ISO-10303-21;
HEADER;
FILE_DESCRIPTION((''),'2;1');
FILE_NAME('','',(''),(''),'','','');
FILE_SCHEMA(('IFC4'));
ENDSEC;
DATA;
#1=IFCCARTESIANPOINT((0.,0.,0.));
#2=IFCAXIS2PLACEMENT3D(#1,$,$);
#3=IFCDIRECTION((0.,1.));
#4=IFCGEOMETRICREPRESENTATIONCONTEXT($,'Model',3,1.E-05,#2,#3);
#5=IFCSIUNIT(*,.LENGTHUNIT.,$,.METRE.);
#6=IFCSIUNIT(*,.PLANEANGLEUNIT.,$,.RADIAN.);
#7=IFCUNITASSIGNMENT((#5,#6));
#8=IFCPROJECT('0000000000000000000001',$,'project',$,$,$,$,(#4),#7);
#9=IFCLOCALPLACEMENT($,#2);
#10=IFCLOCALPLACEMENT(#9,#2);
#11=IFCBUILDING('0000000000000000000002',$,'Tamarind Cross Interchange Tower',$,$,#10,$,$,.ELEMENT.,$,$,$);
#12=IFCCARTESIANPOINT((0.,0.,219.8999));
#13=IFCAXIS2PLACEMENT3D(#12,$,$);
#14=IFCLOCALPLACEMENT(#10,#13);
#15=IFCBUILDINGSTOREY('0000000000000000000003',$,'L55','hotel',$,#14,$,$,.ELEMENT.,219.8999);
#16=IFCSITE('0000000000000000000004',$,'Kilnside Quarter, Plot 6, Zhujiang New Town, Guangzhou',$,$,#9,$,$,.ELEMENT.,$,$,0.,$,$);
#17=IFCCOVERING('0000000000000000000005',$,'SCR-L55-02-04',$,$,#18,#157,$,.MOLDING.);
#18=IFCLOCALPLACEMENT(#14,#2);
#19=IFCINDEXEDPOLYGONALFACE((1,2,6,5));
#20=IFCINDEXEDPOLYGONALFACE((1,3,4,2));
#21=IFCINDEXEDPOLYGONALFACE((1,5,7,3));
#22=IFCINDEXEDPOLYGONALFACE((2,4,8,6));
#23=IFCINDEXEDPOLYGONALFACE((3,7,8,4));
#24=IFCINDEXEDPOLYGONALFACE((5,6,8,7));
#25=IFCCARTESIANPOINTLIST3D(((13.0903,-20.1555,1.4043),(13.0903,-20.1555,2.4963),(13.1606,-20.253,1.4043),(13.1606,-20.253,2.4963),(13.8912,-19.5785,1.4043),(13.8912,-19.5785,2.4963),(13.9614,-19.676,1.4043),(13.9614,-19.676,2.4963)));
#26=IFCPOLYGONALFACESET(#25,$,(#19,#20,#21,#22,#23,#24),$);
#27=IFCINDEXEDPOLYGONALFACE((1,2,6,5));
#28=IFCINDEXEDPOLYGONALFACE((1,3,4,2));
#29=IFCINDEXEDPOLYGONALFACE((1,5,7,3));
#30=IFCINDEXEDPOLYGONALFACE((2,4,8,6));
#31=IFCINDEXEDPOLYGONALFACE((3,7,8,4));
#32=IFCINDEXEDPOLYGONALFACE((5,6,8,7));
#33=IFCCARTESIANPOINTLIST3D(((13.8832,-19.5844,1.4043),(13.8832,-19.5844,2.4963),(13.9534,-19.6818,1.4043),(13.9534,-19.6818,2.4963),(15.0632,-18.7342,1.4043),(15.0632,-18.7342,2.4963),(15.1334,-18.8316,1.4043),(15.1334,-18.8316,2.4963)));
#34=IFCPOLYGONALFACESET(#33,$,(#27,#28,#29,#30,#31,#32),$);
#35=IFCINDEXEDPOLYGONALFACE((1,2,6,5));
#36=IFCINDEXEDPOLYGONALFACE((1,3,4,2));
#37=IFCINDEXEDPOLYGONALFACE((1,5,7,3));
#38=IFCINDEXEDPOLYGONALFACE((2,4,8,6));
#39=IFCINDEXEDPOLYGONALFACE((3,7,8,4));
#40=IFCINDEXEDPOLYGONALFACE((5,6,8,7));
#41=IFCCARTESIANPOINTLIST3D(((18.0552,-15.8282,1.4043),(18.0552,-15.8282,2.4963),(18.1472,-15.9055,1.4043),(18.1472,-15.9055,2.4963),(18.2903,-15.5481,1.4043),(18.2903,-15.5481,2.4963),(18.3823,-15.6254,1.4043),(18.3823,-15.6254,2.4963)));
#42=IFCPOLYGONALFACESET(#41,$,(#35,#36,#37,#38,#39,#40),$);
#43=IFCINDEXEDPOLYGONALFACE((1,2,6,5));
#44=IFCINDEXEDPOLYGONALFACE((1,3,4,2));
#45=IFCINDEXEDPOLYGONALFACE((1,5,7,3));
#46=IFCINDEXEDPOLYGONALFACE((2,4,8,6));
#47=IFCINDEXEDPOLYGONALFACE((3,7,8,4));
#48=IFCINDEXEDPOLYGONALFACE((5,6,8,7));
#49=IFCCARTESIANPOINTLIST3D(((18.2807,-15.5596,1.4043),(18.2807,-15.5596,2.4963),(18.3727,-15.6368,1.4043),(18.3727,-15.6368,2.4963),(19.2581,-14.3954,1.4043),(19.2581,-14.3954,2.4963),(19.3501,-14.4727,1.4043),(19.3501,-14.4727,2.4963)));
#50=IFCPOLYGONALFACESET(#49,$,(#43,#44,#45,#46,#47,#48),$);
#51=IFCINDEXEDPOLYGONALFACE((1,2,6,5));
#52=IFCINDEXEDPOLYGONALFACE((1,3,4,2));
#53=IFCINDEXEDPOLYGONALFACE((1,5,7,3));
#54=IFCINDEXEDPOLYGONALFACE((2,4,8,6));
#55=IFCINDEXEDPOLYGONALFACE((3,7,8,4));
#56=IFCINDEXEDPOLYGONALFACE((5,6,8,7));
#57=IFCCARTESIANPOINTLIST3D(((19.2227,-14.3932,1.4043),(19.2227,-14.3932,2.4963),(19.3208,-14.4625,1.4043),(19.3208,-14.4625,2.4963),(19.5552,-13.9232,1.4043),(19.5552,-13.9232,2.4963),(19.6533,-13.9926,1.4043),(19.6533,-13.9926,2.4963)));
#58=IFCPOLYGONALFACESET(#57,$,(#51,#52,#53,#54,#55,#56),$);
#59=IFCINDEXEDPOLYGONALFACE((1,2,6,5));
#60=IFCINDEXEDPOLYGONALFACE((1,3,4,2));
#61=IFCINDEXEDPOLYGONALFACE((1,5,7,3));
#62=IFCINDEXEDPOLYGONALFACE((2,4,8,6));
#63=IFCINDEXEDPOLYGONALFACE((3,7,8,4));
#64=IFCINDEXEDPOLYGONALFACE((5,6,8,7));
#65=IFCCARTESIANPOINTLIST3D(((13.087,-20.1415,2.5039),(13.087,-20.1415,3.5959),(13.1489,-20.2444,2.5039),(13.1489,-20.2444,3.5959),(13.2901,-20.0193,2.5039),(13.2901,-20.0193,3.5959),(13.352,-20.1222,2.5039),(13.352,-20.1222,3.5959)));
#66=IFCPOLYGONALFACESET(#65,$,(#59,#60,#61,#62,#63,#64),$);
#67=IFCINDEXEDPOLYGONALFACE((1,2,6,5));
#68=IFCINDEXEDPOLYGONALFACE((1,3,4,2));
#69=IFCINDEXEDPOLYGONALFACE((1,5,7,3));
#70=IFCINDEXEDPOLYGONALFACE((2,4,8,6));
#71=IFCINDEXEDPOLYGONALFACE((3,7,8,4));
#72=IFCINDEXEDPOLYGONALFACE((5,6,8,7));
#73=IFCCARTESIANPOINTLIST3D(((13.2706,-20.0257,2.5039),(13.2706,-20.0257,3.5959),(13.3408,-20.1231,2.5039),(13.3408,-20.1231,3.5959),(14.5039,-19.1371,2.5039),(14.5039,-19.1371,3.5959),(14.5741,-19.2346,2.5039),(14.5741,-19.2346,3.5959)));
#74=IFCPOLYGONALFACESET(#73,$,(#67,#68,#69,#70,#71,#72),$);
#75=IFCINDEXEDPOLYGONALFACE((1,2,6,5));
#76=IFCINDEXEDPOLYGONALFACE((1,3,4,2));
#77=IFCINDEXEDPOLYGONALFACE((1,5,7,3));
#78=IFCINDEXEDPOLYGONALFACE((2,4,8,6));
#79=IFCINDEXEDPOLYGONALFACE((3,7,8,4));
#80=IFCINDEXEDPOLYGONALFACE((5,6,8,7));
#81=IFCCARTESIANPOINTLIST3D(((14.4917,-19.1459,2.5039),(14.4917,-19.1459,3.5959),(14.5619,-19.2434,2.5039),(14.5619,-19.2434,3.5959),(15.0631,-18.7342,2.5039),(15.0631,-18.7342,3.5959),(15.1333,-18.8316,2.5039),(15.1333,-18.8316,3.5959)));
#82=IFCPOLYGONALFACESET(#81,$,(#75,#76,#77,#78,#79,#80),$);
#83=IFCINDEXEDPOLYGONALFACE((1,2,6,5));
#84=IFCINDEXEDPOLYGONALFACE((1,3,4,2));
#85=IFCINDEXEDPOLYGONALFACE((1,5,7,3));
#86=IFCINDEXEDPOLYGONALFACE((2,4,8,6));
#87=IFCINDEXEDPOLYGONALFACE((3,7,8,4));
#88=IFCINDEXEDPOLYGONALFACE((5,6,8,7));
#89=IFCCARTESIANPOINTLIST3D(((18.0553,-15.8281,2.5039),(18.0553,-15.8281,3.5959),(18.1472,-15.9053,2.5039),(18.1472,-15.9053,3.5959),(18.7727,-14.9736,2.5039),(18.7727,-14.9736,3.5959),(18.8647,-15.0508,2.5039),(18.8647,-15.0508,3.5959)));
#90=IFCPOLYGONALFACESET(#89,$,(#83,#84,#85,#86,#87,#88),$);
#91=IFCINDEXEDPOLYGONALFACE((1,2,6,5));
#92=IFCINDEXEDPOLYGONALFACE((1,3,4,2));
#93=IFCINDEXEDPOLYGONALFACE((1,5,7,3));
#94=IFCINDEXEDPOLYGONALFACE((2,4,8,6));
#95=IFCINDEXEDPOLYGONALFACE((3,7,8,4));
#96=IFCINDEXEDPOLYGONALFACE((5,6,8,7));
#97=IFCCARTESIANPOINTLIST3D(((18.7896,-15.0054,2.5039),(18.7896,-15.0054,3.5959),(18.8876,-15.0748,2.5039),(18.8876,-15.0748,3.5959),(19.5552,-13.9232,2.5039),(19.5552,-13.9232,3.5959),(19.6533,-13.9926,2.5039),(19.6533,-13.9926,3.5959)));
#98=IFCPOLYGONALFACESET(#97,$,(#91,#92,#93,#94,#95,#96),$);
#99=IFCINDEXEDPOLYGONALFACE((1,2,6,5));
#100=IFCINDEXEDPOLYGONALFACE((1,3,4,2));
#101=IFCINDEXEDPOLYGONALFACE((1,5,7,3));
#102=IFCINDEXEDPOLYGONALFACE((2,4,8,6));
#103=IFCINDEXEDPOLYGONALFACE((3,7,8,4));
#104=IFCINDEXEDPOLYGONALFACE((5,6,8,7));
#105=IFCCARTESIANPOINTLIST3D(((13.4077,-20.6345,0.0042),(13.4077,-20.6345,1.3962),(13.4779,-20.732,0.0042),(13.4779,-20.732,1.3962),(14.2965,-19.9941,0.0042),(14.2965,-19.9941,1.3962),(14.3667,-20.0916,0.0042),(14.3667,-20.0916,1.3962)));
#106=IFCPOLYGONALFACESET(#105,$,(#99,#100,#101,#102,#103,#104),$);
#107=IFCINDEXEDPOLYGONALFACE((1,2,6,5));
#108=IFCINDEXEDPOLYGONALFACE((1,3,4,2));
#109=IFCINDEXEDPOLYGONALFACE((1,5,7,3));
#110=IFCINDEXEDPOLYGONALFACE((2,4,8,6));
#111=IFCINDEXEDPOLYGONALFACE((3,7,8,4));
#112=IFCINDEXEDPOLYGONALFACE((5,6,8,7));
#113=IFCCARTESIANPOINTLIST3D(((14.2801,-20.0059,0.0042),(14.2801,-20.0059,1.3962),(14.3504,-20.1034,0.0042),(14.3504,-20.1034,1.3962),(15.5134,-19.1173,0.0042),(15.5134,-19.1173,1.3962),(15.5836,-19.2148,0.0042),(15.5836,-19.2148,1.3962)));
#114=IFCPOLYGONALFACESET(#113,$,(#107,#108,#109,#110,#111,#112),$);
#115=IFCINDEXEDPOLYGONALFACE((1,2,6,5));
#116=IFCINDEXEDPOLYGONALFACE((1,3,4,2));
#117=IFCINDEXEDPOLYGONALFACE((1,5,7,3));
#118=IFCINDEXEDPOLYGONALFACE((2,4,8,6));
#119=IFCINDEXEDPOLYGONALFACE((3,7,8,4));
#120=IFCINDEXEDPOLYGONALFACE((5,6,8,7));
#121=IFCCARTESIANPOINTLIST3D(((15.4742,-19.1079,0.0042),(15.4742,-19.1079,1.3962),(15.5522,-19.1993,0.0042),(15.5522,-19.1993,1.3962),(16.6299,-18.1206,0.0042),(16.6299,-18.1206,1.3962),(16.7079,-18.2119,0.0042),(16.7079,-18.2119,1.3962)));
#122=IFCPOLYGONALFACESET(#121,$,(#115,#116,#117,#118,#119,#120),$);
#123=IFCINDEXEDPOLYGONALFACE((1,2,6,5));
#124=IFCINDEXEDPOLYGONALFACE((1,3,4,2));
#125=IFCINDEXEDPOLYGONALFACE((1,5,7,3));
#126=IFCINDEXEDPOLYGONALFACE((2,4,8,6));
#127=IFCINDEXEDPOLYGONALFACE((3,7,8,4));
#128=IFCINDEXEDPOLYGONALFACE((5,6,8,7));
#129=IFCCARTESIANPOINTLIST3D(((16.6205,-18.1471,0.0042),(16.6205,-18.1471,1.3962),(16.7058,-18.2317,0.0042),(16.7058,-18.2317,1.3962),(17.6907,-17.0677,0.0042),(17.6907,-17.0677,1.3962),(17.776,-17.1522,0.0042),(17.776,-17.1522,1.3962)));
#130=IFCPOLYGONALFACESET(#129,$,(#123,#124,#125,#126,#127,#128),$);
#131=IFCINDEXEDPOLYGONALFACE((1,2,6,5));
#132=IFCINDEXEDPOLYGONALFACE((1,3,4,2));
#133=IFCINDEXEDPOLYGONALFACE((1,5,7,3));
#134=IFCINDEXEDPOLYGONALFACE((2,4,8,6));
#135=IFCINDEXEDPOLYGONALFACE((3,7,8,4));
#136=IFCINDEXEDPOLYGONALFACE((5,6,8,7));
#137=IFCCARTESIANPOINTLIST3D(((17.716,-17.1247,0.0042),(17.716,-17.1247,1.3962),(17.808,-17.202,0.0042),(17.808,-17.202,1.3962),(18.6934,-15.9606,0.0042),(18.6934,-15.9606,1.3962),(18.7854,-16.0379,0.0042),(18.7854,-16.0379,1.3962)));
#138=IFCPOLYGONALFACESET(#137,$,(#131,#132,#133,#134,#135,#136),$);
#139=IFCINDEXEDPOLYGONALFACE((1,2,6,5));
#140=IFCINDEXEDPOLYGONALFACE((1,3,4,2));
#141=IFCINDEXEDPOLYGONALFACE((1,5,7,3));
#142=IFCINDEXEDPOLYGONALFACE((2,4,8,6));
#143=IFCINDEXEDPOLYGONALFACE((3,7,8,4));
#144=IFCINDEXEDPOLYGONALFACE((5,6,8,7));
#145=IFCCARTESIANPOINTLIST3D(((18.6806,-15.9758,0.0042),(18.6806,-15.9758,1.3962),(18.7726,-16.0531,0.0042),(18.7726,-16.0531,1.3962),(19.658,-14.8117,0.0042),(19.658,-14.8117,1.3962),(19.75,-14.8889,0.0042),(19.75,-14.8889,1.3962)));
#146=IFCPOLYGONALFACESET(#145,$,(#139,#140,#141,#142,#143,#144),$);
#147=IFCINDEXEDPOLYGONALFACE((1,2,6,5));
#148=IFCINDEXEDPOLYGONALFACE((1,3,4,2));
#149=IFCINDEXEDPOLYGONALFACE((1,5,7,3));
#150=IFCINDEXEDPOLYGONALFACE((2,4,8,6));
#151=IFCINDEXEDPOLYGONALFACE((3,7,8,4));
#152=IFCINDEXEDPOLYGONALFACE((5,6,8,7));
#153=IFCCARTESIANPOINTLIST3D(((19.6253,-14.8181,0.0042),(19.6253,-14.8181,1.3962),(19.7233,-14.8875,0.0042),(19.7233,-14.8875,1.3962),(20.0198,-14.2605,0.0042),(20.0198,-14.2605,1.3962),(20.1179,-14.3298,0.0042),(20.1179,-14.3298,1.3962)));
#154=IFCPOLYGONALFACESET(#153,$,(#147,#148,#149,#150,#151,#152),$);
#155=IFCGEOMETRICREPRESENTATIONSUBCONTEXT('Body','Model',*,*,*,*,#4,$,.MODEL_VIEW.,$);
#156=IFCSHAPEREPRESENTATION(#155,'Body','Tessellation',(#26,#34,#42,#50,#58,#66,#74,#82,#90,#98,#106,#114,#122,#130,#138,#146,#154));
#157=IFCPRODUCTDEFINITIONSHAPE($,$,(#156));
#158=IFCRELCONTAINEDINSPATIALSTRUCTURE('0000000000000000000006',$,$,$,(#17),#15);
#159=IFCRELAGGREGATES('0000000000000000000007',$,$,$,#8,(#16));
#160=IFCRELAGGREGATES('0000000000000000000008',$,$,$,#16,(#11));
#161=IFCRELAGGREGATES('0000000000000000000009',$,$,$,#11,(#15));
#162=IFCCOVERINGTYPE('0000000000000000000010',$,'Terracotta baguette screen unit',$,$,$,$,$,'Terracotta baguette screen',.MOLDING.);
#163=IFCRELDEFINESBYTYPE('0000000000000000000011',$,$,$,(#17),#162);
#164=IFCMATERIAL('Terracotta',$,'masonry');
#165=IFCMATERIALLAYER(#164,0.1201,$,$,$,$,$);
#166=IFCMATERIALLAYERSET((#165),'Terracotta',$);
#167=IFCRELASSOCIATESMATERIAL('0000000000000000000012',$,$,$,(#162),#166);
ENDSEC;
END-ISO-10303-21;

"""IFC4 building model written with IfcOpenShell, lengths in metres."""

from ifc_helpers import new_model, si_unit, direction, frame, origin, origin_2d, place, context, subcontext, project, spatial, rectangle, extrude, material, layer, layer_set, type_object, element, save


model = new_model("IFC4")

# Units and contexts
model_context = context("Model", 3, precision=1e-05, world=origin(), true_north=direction((0.0, 1.0)))
body_context = subcontext(model_context, "Body", "Model", "MODEL_VIEW")
ifc_project = project(units=[si_unit("LENGTHUNIT", "METRE"), si_unit("PLANEANGLEUNIT", "RADIAN")], contexts=[model_context])

# Site, building, storey
site_placement = place(None, origin())
site = spatial("IfcSite", under=ifc_project, at=site_placement, Name="Kilnside Quarter, Plot 6, Zhujiang New Town, Guangzhou", CompositionType="ELEMENT", RefElevation=0.0)
building_placement = place(site_placement, origin())
building = spatial("IfcBuilding", under=site, at=building_placement, Name="Tamarind Cross Interchange Tower", CompositionType="ELEMENT")
storey_placement = place(building_placement, frame((0.0, 0.0, 219.8999)))
storey = spatial("IfcBuildingStorey", under=building, at=storey_placement, Name="L55", Description="hotel", CompositionType="ELEMENT", Elevation=219.8999)

# Covering
ifc_material_1 = material(Name="Terracotta", Category="masonry")
ifc_layer_1 = layer(ifc_material_1, 0.1201)
ifc_layer_set_1 = layer_set([ifc_layer_1], Name="Terracotta")
covering_type = type_object("IfcCoveringType", Name="Terracotta baguette screen unit", ElementType="Terracotta baguette screen", PredefinedType="MOLDING", material=ifc_layer_set_1)
covering_1_placement = place(storey_placement, origin())
element("IfcCovering", 1, at=covering_1_placement, inside=storey, type_object=covering_type, Name="SCR-L55-02-04", PredefinedType="MOLDING", context=body_context, shape_type="SweptSolid", body=[
    extrude(rectangle(XDim=0.9871, YDim=0.1201, at=origin_2d()), frame((13.5259, -19.9158, 1.4043), z_axis=(0.0, 0.0, 1.0), x_axis=(0.81134, 0.584574, 0.0)), (0.0, 0.0, 1.0), 1.092),
    extrude(rectangle(XDim=1.4543, YDim=0.1201, at=origin_2d()), frame((14.5083, -19.208, 1.4043), z_axis=(0.0, 0.0, 1.0), x_axis=(0.81134, 0.584574, 0.0)), (0.0, 0.0, 1.0), 1.092),
    extrude(rectangle(XDim=0.3657, YDim=0.1201, at=origin_2d()), frame((18.2188, -15.7268, 1.4043), z_axis=(0.0, 0.0, 1.0), x_axis=(0.643009, 0.765858, 0.0)), (0.0, 0.0, 1.0), 1.092),
    extrude(rectangle(XDim=1.52, YDim=0.1201, at=origin_2d()), frame((18.8154, -15.0161, 1.4043), z_axis=(0.0, 0.0, 1.0), x_axis=(0.643009, 0.765858, 0.0)), (0.0, 0.0, 1.0), 1.092),
    extrude(rectangle(XDim=0.5757, YDim=0.1201, at=origin_2d()), frame((19.438, -14.1929, 1.4043), z_axis=(0.0, 0.0, 1.0), x_axis=(0.577569, 0.816342, 0.0)), (0.0, 0.0, 1.0), 1.092),
    extrude(rectangle(XDim=0.2371, YDim=0.1201, at=origin_2d()), frame((13.2195, -20.1318, 2.5039), z_axis=(0.0, 0.0, 1.0), x_axis=(0.856843, 0.515577, 0.0)), (0.0, 0.0, 1.0), 1.092),
    extrude(rectangle(XDim=1.52, YDim=0.1201, at=origin_2d()), frame((13.9224, -19.6301, 2.5039), z_axis=(0.0, 0.0, 1.0), x_axis=(0.81134, 0.584574, 0.0)), (0.0, 0.0, 1.0), 1.092),
    extrude(rectangle(XDim=0.7043, YDim=0.1201, at=origin_2d()), frame((14.8125, -18.9888, 2.5039), z_axis=(0.0, 0.0, 1.0), x_axis=(0.81134, 0.584574, 0.0)), (0.0, 0.0, 1.0), 1.092),
    extrude(rectangle(XDim=1.1157, YDim=0.1201, at=origin_2d()), frame((18.46, -15.4395, 2.5039), z_axis=(0.0, 0.0, 1.0), x_axis=(0.643009, 0.765858, 0.0)), (0.0, 0.0, 1.0), 1.092),
    extrude(rectangle(XDim=1.3257, YDim=0.1201, at=origin_2d()), frame((19.2214, -14.499, 2.5039), z_axis=(0.0, 0.0, 1.0), x_axis=(0.577569, 0.816342, 0.0)), (0.0, 0.0, 1.0), 1.092),
    extrude(rectangle(XDim=1.0955, YDim=0.1201, at=origin_2d()), frame((13.8872, -20.363, 0.0042), z_axis=(0.0, 0.0, 1.0), x_axis=(0.81134, 0.584574, 0.0)), (0.0, 0.0, 1.0), 1.3921),
    extrude(rectangle(XDim=1.52, YDim=0.1201, at=origin_2d()), frame((14.9319, -19.6104, 0.0042), z_axis=(0.0, 0.0, 1.0), x_axis=(0.81134, 0.584574, 0.0)), (0.0, 0.0, 1.0), 1.3921),
    extrude(rectangle(XDim=1.52, YDim=0.1201, at=origin_2d()), frame((16.0911, -18.6599, 0.0042), z_axis=(0.0, 0.0, 1.0), x_axis=(0.760296, 0.649577, 0.0)), (0.0, 0.0, 1.0), 1.3921),
    extrude(rectangle(XDim=1.52, YDim=0.1201, at=origin_2d()), frame((17.1982, -17.6497, 0.0042), z_axis=(0.0, 0.0, 1.0), x_axis=(0.704057, 0.710143, 0.0)), (0.0, 0.0, 1.0), 1.3921),
    extrude(rectangle(XDim=1.52, YDim=0.1201, at=origin_2d()), frame((18.2507, -16.5813, 0.0042), z_axis=(0.0, 0.0, 1.0), x_axis=(0.643009, 0.765858, 0.0)), (0.0, 0.0, 1.0), 1.3921),
    extrude(rectangle(XDim=1.52, YDim=0.1201, at=origin_2d()), frame((19.2153, -15.4324, 0.0042), z_axis=(0.0, 0.0, 1.0), x_axis=(0.643009, 0.765858, 0.0)), (0.0, 0.0, 1.0), 1.3921),
    extrude(rectangle(XDim=0.6831, YDim=0.1201, at=origin_2d()), frame((19.8716, -14.574, 0.0042), z_axis=(0.0, 0.0, 1.0), x_axis=(0.577569, 0.816342, 0.0)), (0.0, 0.0, 1.0), 1.3921),
])

save(model, "model.ifc")
